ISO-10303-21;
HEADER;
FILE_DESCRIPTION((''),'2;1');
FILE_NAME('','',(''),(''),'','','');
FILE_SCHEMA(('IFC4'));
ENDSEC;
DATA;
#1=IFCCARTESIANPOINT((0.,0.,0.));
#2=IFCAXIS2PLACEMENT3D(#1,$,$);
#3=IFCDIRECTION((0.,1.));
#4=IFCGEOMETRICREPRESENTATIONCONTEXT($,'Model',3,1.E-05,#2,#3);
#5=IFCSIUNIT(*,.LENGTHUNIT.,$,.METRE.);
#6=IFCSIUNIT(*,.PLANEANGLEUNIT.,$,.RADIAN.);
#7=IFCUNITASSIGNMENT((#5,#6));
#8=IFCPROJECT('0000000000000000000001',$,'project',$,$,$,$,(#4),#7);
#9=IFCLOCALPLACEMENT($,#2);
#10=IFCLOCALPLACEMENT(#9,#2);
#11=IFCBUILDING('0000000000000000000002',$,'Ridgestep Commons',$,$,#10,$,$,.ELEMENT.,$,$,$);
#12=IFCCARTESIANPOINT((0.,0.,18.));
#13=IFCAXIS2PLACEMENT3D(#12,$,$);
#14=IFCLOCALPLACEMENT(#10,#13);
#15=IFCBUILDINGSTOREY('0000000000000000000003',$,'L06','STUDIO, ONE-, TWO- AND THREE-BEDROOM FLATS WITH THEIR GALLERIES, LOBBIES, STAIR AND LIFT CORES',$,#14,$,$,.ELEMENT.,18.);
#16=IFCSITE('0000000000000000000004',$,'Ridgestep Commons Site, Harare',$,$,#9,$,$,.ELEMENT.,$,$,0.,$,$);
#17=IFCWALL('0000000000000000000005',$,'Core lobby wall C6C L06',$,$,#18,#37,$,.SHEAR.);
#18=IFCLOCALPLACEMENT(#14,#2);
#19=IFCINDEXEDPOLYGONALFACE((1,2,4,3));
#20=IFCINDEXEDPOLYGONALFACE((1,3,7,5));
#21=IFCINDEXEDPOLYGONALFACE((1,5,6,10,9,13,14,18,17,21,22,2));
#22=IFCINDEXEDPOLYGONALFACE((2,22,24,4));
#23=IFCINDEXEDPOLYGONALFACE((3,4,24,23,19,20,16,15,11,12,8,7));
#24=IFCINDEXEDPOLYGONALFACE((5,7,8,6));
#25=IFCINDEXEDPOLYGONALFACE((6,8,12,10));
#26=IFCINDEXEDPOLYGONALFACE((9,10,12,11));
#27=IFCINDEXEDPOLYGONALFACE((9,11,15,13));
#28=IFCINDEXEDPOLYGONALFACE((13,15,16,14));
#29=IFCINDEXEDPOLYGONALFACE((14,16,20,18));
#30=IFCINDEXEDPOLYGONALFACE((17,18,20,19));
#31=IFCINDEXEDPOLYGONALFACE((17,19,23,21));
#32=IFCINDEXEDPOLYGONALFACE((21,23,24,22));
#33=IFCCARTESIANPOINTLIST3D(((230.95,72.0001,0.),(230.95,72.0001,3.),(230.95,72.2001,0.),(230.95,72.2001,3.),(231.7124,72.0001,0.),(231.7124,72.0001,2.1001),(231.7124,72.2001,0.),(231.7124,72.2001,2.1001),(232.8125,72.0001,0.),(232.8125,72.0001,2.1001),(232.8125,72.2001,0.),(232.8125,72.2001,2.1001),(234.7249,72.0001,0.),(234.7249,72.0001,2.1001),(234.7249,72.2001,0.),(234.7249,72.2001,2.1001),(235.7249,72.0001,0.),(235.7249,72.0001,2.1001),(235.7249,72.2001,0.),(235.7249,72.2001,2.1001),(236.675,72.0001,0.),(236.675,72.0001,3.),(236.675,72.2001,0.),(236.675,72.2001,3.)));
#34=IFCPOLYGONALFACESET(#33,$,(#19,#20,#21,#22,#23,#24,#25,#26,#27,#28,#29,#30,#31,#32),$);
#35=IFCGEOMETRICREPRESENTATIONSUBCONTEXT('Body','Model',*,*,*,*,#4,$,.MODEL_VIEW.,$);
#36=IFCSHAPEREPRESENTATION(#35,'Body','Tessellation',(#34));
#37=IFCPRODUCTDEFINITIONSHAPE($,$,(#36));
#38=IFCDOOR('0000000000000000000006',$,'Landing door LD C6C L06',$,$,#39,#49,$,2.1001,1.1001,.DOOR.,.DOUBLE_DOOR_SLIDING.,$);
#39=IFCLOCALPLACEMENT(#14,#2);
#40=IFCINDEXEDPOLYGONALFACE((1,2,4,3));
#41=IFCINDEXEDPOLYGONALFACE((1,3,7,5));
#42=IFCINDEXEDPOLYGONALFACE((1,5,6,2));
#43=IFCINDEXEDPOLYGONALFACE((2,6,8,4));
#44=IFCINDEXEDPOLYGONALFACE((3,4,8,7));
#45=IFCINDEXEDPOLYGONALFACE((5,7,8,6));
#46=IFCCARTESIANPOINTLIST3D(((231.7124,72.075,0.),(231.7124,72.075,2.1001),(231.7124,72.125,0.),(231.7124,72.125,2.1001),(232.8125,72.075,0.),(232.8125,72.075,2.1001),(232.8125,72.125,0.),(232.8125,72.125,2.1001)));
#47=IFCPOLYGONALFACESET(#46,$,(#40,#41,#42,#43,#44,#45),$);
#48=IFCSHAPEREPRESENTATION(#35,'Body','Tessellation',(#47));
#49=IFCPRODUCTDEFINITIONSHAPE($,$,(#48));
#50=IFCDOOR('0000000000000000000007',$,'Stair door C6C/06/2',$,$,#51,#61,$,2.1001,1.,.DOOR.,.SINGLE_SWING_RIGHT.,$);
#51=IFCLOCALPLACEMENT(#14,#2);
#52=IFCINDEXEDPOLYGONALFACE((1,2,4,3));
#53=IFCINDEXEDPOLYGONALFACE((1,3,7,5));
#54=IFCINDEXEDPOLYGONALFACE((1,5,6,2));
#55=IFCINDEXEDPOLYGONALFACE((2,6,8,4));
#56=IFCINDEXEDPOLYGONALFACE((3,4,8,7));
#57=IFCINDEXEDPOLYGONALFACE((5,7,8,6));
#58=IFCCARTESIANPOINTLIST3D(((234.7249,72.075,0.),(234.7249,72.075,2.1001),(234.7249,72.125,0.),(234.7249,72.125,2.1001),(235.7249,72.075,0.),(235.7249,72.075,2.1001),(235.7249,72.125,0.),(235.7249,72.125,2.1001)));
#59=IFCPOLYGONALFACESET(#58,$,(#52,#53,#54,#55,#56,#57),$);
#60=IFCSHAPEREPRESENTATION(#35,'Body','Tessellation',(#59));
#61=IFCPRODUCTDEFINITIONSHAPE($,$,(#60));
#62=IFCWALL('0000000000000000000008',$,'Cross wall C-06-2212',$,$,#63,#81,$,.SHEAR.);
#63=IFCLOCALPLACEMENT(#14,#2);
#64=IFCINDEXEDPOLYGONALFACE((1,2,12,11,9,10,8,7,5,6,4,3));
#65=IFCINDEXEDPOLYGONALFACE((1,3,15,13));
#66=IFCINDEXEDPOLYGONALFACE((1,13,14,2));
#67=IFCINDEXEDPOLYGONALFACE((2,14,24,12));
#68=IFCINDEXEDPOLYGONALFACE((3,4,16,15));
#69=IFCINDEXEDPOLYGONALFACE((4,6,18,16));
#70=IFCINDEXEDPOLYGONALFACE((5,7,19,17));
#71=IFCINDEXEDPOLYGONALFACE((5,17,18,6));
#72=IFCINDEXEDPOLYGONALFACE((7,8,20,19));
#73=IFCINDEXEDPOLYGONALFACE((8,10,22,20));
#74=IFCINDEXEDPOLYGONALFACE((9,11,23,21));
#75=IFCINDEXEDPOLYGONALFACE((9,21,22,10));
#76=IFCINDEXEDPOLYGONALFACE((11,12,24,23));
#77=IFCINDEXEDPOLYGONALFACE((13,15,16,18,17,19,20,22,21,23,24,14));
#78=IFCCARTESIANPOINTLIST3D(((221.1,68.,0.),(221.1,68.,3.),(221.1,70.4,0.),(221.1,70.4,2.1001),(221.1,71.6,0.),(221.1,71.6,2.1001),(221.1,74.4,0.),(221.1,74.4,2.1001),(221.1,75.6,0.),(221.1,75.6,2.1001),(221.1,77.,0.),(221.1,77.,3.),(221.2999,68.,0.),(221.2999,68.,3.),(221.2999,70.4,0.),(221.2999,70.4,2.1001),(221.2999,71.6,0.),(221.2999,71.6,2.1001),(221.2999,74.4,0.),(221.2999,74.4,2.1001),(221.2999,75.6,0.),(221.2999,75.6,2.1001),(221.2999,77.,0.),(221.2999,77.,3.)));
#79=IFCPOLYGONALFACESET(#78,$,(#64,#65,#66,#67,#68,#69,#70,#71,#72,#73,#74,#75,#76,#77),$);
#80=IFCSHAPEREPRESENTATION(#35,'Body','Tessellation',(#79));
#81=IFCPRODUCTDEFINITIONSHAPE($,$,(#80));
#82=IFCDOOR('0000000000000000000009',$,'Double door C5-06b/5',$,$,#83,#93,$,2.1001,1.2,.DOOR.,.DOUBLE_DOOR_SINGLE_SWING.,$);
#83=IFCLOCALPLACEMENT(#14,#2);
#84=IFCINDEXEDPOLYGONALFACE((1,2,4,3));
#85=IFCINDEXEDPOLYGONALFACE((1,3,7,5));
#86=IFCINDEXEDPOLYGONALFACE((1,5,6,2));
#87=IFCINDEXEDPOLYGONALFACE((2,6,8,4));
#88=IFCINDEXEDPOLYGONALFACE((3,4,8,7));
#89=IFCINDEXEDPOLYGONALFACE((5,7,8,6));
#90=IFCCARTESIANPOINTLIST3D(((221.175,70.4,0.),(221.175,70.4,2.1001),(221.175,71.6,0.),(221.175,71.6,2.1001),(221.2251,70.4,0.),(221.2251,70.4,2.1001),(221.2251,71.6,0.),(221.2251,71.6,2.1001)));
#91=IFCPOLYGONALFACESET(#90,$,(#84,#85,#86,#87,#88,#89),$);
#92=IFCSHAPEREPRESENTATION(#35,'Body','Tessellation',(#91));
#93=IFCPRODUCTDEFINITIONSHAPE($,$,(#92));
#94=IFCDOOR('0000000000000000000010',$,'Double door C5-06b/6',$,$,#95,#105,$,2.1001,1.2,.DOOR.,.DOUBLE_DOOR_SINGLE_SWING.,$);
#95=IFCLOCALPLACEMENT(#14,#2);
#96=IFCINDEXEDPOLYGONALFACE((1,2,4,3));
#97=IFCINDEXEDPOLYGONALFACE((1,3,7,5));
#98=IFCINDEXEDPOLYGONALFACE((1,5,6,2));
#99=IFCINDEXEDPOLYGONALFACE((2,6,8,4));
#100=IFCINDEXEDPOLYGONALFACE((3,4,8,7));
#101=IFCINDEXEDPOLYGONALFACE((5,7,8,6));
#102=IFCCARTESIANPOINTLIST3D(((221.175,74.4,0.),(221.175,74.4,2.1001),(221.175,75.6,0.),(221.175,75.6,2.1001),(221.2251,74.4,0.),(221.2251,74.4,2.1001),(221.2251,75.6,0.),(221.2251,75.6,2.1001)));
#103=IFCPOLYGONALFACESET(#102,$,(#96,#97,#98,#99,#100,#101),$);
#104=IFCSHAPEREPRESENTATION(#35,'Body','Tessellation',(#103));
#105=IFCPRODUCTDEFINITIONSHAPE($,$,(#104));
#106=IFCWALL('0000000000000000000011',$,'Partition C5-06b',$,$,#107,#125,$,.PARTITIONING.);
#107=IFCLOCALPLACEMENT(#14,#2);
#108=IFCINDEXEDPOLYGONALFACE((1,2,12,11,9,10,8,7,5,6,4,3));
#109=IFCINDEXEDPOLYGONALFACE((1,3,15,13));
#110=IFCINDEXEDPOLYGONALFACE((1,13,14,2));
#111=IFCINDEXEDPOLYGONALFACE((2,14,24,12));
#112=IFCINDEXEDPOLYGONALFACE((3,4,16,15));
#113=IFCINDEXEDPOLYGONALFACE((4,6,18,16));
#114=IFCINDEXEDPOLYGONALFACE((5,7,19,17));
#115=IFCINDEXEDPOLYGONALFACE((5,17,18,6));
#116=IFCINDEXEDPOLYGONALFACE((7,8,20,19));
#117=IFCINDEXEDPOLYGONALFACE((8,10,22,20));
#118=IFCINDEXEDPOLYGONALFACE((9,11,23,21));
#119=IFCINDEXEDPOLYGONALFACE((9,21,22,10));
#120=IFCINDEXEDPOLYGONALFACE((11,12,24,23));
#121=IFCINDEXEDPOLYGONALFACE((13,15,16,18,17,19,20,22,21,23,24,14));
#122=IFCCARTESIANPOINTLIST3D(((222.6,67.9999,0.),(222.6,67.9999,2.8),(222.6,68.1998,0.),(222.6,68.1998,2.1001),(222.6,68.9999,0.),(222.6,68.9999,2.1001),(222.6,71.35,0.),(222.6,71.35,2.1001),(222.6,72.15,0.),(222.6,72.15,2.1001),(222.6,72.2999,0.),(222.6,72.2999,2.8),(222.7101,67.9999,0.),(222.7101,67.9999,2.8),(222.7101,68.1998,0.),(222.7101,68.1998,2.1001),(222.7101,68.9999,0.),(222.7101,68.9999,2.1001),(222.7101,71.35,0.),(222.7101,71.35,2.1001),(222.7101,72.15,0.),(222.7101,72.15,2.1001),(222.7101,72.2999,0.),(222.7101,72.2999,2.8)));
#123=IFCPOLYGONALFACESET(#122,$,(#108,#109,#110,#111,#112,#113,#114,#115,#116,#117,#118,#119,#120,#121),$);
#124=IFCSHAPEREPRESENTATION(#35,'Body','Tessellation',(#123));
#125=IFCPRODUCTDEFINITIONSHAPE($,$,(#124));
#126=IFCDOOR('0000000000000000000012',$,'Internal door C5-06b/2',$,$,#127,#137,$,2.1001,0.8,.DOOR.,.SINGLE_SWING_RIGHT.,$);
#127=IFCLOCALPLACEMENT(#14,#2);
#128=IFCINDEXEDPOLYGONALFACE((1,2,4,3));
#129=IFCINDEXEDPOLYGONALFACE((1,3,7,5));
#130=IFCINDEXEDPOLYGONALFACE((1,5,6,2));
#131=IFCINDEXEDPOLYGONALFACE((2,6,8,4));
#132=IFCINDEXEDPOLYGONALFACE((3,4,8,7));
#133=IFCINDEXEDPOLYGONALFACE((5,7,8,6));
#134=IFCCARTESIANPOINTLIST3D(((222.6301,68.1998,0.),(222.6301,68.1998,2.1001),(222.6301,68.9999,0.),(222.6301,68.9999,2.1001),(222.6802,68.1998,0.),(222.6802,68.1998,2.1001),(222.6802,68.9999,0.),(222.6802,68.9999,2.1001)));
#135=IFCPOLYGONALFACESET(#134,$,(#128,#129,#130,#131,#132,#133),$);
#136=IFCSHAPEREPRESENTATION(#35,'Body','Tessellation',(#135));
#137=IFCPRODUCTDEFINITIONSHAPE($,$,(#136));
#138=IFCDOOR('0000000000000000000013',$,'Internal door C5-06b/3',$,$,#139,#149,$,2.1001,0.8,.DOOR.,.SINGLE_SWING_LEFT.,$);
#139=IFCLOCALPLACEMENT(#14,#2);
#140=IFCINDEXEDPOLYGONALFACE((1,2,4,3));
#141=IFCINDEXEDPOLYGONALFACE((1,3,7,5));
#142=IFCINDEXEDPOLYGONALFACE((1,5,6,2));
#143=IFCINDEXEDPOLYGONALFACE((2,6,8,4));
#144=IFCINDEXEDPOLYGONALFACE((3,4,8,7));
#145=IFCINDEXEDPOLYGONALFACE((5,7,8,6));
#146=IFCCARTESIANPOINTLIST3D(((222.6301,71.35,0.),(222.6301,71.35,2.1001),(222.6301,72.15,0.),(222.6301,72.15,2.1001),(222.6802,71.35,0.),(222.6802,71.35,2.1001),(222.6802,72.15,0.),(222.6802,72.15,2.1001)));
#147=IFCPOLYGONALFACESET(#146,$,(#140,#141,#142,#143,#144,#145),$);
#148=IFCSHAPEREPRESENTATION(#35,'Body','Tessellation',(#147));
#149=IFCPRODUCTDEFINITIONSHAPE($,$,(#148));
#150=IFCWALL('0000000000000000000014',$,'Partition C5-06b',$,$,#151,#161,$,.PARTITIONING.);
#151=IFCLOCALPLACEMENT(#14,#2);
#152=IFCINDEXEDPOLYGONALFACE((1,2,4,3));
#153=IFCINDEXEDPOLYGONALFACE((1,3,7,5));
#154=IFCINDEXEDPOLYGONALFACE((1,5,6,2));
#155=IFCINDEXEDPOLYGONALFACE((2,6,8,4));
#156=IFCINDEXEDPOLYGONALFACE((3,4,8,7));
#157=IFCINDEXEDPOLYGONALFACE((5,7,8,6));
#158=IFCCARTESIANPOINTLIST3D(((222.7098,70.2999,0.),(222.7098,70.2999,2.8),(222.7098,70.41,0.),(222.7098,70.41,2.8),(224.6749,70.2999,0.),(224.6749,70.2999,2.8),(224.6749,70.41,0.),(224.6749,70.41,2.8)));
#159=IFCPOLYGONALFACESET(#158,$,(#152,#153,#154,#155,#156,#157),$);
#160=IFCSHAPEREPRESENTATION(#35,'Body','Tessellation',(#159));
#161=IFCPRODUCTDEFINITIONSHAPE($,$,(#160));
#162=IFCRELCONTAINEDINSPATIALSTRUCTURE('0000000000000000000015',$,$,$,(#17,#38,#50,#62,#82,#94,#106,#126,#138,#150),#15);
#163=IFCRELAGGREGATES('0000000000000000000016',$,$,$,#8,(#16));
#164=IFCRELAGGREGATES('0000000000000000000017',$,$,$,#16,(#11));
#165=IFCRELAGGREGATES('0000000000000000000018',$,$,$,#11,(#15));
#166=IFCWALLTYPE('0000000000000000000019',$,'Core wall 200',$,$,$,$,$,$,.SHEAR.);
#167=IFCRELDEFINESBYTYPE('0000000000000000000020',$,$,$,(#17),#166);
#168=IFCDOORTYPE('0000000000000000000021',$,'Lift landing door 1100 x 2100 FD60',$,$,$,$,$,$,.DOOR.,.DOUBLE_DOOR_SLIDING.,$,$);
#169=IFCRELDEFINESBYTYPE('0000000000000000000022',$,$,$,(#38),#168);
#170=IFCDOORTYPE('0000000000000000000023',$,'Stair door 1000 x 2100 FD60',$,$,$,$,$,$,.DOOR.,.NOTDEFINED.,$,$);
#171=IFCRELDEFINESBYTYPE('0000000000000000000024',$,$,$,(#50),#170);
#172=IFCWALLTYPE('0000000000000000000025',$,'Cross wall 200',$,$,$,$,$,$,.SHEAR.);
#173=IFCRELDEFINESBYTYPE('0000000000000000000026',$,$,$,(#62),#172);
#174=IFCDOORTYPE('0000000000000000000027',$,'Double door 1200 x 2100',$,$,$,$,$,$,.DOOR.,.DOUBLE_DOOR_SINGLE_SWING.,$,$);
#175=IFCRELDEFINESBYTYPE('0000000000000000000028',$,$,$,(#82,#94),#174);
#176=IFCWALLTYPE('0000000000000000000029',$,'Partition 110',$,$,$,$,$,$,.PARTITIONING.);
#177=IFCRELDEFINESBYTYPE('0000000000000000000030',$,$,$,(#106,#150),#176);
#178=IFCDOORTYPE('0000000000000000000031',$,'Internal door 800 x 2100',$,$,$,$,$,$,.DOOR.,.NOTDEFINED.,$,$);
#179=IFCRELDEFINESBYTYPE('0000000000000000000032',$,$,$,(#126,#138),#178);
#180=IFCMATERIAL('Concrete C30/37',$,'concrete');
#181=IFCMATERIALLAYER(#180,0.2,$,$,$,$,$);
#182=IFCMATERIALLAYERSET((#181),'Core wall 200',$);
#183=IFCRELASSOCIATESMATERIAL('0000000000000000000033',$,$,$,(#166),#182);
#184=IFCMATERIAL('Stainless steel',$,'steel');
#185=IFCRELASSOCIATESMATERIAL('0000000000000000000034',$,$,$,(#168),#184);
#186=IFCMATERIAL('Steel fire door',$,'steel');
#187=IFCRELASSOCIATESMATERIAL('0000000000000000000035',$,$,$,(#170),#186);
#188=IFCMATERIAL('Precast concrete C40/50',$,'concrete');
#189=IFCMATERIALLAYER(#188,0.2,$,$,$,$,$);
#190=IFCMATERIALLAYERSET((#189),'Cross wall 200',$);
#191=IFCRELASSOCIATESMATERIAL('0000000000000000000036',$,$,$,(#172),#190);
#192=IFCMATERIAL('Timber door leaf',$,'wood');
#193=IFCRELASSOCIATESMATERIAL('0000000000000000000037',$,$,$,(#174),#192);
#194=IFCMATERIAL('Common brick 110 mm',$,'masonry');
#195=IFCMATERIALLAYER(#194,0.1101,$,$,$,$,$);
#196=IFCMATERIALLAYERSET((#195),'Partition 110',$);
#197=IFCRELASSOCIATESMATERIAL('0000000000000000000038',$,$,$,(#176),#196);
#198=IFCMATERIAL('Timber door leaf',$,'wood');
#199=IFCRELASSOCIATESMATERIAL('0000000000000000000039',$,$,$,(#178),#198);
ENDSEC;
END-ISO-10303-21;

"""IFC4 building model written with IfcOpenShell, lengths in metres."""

from ifc_helpers import new_model, si_unit, direction, frame, frame_2d, origin, place, context, subcontext, project, spatial, rectangle, extrude, material, layer, layer_set, type_object, element, fill, save


model = new_model("IFC4")

# Units and contexts
model_context = context("Model", 3, precision=1e-05, world=origin(), true_north=direction((0.0, 1.0)))
body_context = subcontext(model_context, "Body", "Model", "MODEL_VIEW")
ifc_project = project(units=[si_unit("LENGTHUNIT", "METRE"), si_unit("PLANEANGLEUNIT", "RADIAN")], contexts=[model_context])

# Site, building, storey
site_placement = place(None, origin())
site = spatial("IfcSite", under=ifc_project, at=site_placement, Name="Ridgestep Commons Site, Harare", CompositionType="ELEMENT", RefElevation=0.0)
building_placement = place(site_placement, origin())
building = spatial("IfcBuilding", under=site, at=building_placement, Name="Ridgestep Commons", CompositionType="ELEMENT")
storey_placement = place(building_placement, frame((0.0, 0.0, 18.0)))
storey = spatial("IfcBuildingStorey", under=building, at=storey_placement, Name="L06", Description="STUDIO, ONE-, TWO- AND THREE-BEDROOM FLATS WITH THEIR GALLERIES, LOBBIES, STAIR AND LIFT CORES", CompositionType="ELEMENT", Elevation=18.0)

# Walls, openings, doors
ifc_material_1 = material(Name="Concrete C30/37", Category="concrete")
ifc_layer_1 = layer(ifc_material_1, 0.2)
ifc_layer_set_1 = layer_set([ifc_layer_1], Name="Core wall 200")
wall_type_1 = type_object("IfcWallType", Name="Core wall 200", PredefinedType="SHEAR", material=ifc_layer_set_1)
ifc_material_2 = material(Name="Stainless steel", Category="steel")
door_type_1 = type_object("IfcDoorType", Name="Lift landing door 1100 x 2100 FD60", OperationType="DOUBLE_DOOR_SLIDING", PredefinedType="DOOR", material=ifc_material_2)
ifc_material_3 = material(Name="Steel fire door", Category="steel")
door_type_2 = type_object("IfcDoorType", Name="Stair door 1000 x 2100 FD60", OperationType="NOTDEFINED", PredefinedType="DOOR", material=ifc_material_3)
wall_1_placement = place(storey_placement, frame((230.95, 72.1001, 0.0), z_axis=(0.0, 0.0, 1.0), x_axis=(1.0, 0.0, 0.0)))
wall_1 = element("IfcWall", 1, at=wall_1_placement, inside=storey, type_object=wall_type_1, Name="Core lobby wall C6C L06", PredefinedType="SHEAR", context=body_context, shape_type="SweptSolid", body=[
    extrude(rectangle(XDim=5.7251, YDim=0.2, at=frame_2d((2.8625, 0.0))), origin(), (0.0, 0.0, 1.0), 3.0),
])
opening_1_placement = place(wall_1_placement, frame((3.7749, 0.0, 0.0)))
opening_1 = element("IfcOpeningElement", 2, at=opening_1_placement, cuts=wall_1, PredefinedType="OPENING", context=body_context, shape_type="SweptSolid", body=[
    extrude(rectangle(XDim=1.0, YDim=2.1001, at=frame_2d((0.5, 1.05))), frame((0.0, 0.1099, 0.0), z_axis=(0.0, -1.0, 0.0), x_axis=(1.0, 0.0, 0.0)), (0.0, 0.0, 1.0), 0.22),
])
opening_2_placement = place(wall_1_placement, frame((0.7625, 0.0, 0.0)))
opening_2 = element("IfcOpeningElement", 3, at=opening_2_placement, cuts=wall_1, PredefinedType="OPENING", context=body_context, shape_type="SweptSolid", body=[
    extrude(rectangle(XDim=1.1001, YDim=2.1001, at=frame_2d((0.55, 1.05))), frame((0.0, 0.1099, 0.0), z_axis=(0.0, -1.0, 0.0), x_axis=(1.0, 0.0, 0.0)), (0.0, 0.0, 1.0), 0.22),
])
door_1_placement = place(opening_2_placement, origin())
door_1 = element("IfcDoor", 4, at=door_1_placement, inside=storey, type_object=door_type_1, Name="Landing door LD C6C L06", OperationType="DOUBLE_DOOR_SLIDING", OverallHeight=2.1001, OverallWidth=1.1001, PredefinedType="DOOR", context=body_context, shape_type="SweptSolid", body=[
    extrude(rectangle(XDim=1.1001, YDim=2.1001, at=frame_2d((0.55, 1.05))), frame((0.0, 0.0249, 0.0), z_axis=(0.0, -1.0, 0.0), x_axis=(1.0, 0.0, 0.0)), (0.0, 0.0, 1.0), 0.05),
])
fill(opening_2, door_1)
door_2_placement = place(opening_1_placement, origin())
door_2 = element("IfcDoor", 5, at=door_2_placement, inside=storey, type_object=door_type_2, Name="Stair door C6C/06/2", OperationType="SINGLE_SWING_RIGHT", OverallHeight=2.1001, OverallWidth=1.0, PredefinedType="DOOR", context=body_context, shape_type="SweptSolid", body=[
    extrude(rectangle(XDim=1.0, YDim=2.1001, at=frame_2d((0.5, 1.05))), frame((0.0, 0.0249, 0.0), z_axis=(0.0, -1.0, 0.0), x_axis=(1.0, 0.0, 0.0)), (0.0, 0.0, 1.0), 0.05),
])
fill(opening_1, door_2)
ifc_material_4 = material(Name="Precast concrete C40/50", Category="concrete")
ifc_layer_2 = layer(ifc_material_4, 0.2)
ifc_layer_set_2 = layer_set([ifc_layer_2], Name="Cross wall 200")
wall_type_2 = type_object("IfcWallType", Name="Cross wall 200", PredefinedType="SHEAR", material=ifc_layer_set_2)
wall_2_placement = place(storey_placement, frame((221.2, 68.0, 0.0), z_axis=(0.0, 0.0, 1.0), x_axis=(0.0, 1.0, 0.0)))
wall_2 = element("IfcWall", 6, at=wall_2_placement, inside=storey, type_object=wall_type_2, Name="Cross wall C-06-2212", PredefinedType="SHEAR", context=body_context, shape_type="SweptSolid", body=[
    extrude(rectangle(XDim=9.0, YDim=0.2, at=frame_2d((4.5, 0.0))), origin(), (0.0, 0.0, 1.0), 3.0),
])
opening_3_placement = place(wall_2_placement, frame((2.3999, 0.0, 0.0)))
opening_3 = element("IfcOpeningElement", 7, at=opening_3_placement, cuts=wall_2, PredefinedType="OPENING", context=body_context, shape_type="SweptSolid", body=[
    extrude(rectangle(XDim=1.2, YDim=2.1001, at=frame_2d((0.6001, 1.05))), frame((0.0, 0.1099, 0.0), z_axis=(0.0, -1.0, 0.0), x_axis=(1.0, 0.0, 0.0)), (0.0, 0.0, 1.0), 0.22),
])
opening_4_placement = place(wall_2_placement, frame((6.3999, 0.0, 0.0)))
opening_4 = element("IfcOpeningElement", 8, at=opening_4_placement, cuts=wall_2, PredefinedType="OPENING", context=body_context, shape_type="SweptSolid", body=[
    extrude(rectangle(XDim=1.2, YDim=2.1001, at=frame_2d((0.6001, 1.05))), frame((0.0, 0.1099, 0.0), z_axis=(0.0, -1.0, 0.0), x_axis=(1.0, 0.0, 0.0)), (0.0, 0.0, 1.0), 0.22),
])
ifc_material_5 = material(Name="Timber door leaf", Category="wood")
door_type_3 = type_object("IfcDoorType", Name="Double door 1200 x 2100", OperationType="DOUBLE_DOOR_SINGLE_SWING", PredefinedType="DOOR", material=ifc_material_5)
door_3_placement = place(opening_3_placement, origin())
door_3 = element("IfcDoor", 9, at=door_3_placement, inside=storey, type_object=door_type_3, Name="Double door C5-06b/5", OperationType="DOUBLE_DOOR_SINGLE_SWING", OverallHeight=2.1001, OverallWidth=1.2, PredefinedType="DOOR", context=body_context, shape_type="SweptSolid", body=[
    extrude(rectangle(XDim=1.2, YDim=2.1001, at=frame_2d((0.6001, 1.05))), frame((0.0, 0.0249, 0.0), z_axis=(0.0, -1.0, 0.0), x_axis=(1.0, 0.0, 0.0)), (0.0, 0.0, 1.0), 0.05),
])
fill(opening_3, door_3)
door_4_placement = place(opening_4_placement, origin())
door_4 = element("IfcDoor", 10, at=door_4_placement, inside=storey, type_object=door_type_3, Name="Double door C5-06b/6", OperationType="DOUBLE_DOOR_SINGLE_SWING", OverallHeight=2.1001, OverallWidth=1.2, PredefinedType="DOOR", context=body_context, shape_type="SweptSolid", body=[
    extrude(rectangle(XDim=1.2, YDim=2.1001, at=frame_2d((0.6001, 1.05))), frame((0.0, 0.0249, 0.0), z_axis=(0.0, -1.0, 0.0), x_axis=(1.0, 0.0, 0.0)), (0.0, 0.0, 1.0), 0.05),
])
fill(opening_4, door_4)
ifc_material_6 = material(Name="Common brick 110 mm", Category="masonry")
ifc_layer_3 = layer(ifc_material_6, 0.1101)
ifc_layer_set_3 = layer_set([ifc_layer_3], Name="Partition 110")
wall_type_3 = type_object("IfcWallType", Name="Partition 110", PredefinedType="PARTITIONING", material=ifc_layer_set_3)
wall_3_placement = place(storey_placement, frame((222.655, 68.0, 0.0), z_axis=(0.0, 0.0, 1.0), x_axis=(0.0, 1.0, 0.0)))
wall_3 = element("IfcWall", 11, at=wall_3_placement, inside=storey, type_object=wall_type_3, Name="Partition C5-06b", PredefinedType="PARTITIONING", context=body_context, shape_type="SweptSolid", body=[
    extrude(rectangle(XDim=4.3, YDim=0.1101, at=frame_2d((2.1499, 0.0))), origin(), (0.0, 0.0, 1.0), 2.8),
])
opening_5_placement = place(wall_3_placement, frame((0.2, 0.0, 0.0)))
opening_5 = element("IfcOpeningElement", 12, at=opening_5_placement, cuts=wall_3, PredefinedType="OPENING", context=body_context, shape_type="SweptSolid", body=[
    extrude(rectangle(XDim=0.8, YDim=2.1001, at=frame_2d((0.3999, 1.05))), frame((0.0, 0.0649, 0.0), z_axis=(0.0, -1.0, 0.0), x_axis=(1.0, 0.0, 0.0)), (0.0, 0.0, 1.0), 0.1301),
])
opening_6_placement = place(wall_3_placement, frame((3.3501, 0.0, 0.0)))
opening_6 = element("IfcOpeningElement", 13, at=opening_6_placement, cuts=wall_3, PredefinedType="OPENING", context=body_context, shape_type="SweptSolid", body=[
    extrude(rectangle(XDim=0.8, YDim=2.1001, at=frame_2d((0.3999, 1.05))), frame((0.0, 0.0649, 0.0), z_axis=(0.0, -1.0, 0.0), x_axis=(1.0, 0.0, 0.0)), (0.0, 0.0, 1.0), 0.1301),
])
ifc_material_7 = material(Name="Timber door leaf", Category="wood")
door_type_4 = type_object("IfcDoorType", Name="Internal door 800 x 2100", OperationType="NOTDEFINED", PredefinedType="DOOR", material=ifc_material_7)
door_5_placement = place(opening_5_placement, origin())
door_5 = element("IfcDoor", 14, at=door_5_placement, inside=storey, type_object=door_type_4, Name="Internal door C5-06b/2", OperationType="SINGLE_SWING_RIGHT", OverallHeight=2.1001, OverallWidth=0.8, PredefinedType="DOOR", context=body_context, shape_type="SweptSolid", body=[
    extrude(rectangle(XDim=0.8, YDim=2.1001, at=frame_2d((0.3999, 1.05))), frame((0.0, 0.0249, 0.0), z_axis=(0.0, -1.0, 0.0), x_axis=(1.0, 0.0, 0.0)), (0.0, 0.0, 1.0), 0.05),
])
fill(opening_5, door_5)
door_6_placement = place(opening_6_placement, origin())
door_6 = element("IfcDoor", 15, at=door_6_placement, inside=storey, type_object=door_type_4, Name="Internal door C5-06b/3", OperationType="SINGLE_SWING_LEFT", OverallHeight=2.1001, OverallWidth=0.8, PredefinedType="DOOR", context=body_context, shape_type="SweptSolid", body=[
    extrude(rectangle(XDim=0.8, YDim=2.1001, at=frame_2d((0.3999, 1.05))), frame((0.0, 0.0249, 0.0), z_axis=(0.0, -1.0, 0.0), x_axis=(1.0, 0.0, 0.0)), (0.0, 0.0, 1.0), 0.05),
])
fill(opening_6, door_6)

# Wall
wall_4_placement = place(storey_placement, frame((222.71, 70.355, 0.0), z_axis=(0.0, 0.0, 1.0), x_axis=(1.0, 0.0, 0.0)))
element("IfcWall", 16, at=wall_4_placement, inside=storey, type_object=wall_type_3, Name="Partition C5-06b", PredefinedType="PARTITIONING", context=body_context, shape_type="SweptSolid", body=[
    extrude(rectangle(XDim=1.9651, YDim=0.1101, at=frame_2d((0.9824, 0.0))), origin(), (0.0, 0.0, 1.0), 2.8),
])

save(model, "model.ifc")
